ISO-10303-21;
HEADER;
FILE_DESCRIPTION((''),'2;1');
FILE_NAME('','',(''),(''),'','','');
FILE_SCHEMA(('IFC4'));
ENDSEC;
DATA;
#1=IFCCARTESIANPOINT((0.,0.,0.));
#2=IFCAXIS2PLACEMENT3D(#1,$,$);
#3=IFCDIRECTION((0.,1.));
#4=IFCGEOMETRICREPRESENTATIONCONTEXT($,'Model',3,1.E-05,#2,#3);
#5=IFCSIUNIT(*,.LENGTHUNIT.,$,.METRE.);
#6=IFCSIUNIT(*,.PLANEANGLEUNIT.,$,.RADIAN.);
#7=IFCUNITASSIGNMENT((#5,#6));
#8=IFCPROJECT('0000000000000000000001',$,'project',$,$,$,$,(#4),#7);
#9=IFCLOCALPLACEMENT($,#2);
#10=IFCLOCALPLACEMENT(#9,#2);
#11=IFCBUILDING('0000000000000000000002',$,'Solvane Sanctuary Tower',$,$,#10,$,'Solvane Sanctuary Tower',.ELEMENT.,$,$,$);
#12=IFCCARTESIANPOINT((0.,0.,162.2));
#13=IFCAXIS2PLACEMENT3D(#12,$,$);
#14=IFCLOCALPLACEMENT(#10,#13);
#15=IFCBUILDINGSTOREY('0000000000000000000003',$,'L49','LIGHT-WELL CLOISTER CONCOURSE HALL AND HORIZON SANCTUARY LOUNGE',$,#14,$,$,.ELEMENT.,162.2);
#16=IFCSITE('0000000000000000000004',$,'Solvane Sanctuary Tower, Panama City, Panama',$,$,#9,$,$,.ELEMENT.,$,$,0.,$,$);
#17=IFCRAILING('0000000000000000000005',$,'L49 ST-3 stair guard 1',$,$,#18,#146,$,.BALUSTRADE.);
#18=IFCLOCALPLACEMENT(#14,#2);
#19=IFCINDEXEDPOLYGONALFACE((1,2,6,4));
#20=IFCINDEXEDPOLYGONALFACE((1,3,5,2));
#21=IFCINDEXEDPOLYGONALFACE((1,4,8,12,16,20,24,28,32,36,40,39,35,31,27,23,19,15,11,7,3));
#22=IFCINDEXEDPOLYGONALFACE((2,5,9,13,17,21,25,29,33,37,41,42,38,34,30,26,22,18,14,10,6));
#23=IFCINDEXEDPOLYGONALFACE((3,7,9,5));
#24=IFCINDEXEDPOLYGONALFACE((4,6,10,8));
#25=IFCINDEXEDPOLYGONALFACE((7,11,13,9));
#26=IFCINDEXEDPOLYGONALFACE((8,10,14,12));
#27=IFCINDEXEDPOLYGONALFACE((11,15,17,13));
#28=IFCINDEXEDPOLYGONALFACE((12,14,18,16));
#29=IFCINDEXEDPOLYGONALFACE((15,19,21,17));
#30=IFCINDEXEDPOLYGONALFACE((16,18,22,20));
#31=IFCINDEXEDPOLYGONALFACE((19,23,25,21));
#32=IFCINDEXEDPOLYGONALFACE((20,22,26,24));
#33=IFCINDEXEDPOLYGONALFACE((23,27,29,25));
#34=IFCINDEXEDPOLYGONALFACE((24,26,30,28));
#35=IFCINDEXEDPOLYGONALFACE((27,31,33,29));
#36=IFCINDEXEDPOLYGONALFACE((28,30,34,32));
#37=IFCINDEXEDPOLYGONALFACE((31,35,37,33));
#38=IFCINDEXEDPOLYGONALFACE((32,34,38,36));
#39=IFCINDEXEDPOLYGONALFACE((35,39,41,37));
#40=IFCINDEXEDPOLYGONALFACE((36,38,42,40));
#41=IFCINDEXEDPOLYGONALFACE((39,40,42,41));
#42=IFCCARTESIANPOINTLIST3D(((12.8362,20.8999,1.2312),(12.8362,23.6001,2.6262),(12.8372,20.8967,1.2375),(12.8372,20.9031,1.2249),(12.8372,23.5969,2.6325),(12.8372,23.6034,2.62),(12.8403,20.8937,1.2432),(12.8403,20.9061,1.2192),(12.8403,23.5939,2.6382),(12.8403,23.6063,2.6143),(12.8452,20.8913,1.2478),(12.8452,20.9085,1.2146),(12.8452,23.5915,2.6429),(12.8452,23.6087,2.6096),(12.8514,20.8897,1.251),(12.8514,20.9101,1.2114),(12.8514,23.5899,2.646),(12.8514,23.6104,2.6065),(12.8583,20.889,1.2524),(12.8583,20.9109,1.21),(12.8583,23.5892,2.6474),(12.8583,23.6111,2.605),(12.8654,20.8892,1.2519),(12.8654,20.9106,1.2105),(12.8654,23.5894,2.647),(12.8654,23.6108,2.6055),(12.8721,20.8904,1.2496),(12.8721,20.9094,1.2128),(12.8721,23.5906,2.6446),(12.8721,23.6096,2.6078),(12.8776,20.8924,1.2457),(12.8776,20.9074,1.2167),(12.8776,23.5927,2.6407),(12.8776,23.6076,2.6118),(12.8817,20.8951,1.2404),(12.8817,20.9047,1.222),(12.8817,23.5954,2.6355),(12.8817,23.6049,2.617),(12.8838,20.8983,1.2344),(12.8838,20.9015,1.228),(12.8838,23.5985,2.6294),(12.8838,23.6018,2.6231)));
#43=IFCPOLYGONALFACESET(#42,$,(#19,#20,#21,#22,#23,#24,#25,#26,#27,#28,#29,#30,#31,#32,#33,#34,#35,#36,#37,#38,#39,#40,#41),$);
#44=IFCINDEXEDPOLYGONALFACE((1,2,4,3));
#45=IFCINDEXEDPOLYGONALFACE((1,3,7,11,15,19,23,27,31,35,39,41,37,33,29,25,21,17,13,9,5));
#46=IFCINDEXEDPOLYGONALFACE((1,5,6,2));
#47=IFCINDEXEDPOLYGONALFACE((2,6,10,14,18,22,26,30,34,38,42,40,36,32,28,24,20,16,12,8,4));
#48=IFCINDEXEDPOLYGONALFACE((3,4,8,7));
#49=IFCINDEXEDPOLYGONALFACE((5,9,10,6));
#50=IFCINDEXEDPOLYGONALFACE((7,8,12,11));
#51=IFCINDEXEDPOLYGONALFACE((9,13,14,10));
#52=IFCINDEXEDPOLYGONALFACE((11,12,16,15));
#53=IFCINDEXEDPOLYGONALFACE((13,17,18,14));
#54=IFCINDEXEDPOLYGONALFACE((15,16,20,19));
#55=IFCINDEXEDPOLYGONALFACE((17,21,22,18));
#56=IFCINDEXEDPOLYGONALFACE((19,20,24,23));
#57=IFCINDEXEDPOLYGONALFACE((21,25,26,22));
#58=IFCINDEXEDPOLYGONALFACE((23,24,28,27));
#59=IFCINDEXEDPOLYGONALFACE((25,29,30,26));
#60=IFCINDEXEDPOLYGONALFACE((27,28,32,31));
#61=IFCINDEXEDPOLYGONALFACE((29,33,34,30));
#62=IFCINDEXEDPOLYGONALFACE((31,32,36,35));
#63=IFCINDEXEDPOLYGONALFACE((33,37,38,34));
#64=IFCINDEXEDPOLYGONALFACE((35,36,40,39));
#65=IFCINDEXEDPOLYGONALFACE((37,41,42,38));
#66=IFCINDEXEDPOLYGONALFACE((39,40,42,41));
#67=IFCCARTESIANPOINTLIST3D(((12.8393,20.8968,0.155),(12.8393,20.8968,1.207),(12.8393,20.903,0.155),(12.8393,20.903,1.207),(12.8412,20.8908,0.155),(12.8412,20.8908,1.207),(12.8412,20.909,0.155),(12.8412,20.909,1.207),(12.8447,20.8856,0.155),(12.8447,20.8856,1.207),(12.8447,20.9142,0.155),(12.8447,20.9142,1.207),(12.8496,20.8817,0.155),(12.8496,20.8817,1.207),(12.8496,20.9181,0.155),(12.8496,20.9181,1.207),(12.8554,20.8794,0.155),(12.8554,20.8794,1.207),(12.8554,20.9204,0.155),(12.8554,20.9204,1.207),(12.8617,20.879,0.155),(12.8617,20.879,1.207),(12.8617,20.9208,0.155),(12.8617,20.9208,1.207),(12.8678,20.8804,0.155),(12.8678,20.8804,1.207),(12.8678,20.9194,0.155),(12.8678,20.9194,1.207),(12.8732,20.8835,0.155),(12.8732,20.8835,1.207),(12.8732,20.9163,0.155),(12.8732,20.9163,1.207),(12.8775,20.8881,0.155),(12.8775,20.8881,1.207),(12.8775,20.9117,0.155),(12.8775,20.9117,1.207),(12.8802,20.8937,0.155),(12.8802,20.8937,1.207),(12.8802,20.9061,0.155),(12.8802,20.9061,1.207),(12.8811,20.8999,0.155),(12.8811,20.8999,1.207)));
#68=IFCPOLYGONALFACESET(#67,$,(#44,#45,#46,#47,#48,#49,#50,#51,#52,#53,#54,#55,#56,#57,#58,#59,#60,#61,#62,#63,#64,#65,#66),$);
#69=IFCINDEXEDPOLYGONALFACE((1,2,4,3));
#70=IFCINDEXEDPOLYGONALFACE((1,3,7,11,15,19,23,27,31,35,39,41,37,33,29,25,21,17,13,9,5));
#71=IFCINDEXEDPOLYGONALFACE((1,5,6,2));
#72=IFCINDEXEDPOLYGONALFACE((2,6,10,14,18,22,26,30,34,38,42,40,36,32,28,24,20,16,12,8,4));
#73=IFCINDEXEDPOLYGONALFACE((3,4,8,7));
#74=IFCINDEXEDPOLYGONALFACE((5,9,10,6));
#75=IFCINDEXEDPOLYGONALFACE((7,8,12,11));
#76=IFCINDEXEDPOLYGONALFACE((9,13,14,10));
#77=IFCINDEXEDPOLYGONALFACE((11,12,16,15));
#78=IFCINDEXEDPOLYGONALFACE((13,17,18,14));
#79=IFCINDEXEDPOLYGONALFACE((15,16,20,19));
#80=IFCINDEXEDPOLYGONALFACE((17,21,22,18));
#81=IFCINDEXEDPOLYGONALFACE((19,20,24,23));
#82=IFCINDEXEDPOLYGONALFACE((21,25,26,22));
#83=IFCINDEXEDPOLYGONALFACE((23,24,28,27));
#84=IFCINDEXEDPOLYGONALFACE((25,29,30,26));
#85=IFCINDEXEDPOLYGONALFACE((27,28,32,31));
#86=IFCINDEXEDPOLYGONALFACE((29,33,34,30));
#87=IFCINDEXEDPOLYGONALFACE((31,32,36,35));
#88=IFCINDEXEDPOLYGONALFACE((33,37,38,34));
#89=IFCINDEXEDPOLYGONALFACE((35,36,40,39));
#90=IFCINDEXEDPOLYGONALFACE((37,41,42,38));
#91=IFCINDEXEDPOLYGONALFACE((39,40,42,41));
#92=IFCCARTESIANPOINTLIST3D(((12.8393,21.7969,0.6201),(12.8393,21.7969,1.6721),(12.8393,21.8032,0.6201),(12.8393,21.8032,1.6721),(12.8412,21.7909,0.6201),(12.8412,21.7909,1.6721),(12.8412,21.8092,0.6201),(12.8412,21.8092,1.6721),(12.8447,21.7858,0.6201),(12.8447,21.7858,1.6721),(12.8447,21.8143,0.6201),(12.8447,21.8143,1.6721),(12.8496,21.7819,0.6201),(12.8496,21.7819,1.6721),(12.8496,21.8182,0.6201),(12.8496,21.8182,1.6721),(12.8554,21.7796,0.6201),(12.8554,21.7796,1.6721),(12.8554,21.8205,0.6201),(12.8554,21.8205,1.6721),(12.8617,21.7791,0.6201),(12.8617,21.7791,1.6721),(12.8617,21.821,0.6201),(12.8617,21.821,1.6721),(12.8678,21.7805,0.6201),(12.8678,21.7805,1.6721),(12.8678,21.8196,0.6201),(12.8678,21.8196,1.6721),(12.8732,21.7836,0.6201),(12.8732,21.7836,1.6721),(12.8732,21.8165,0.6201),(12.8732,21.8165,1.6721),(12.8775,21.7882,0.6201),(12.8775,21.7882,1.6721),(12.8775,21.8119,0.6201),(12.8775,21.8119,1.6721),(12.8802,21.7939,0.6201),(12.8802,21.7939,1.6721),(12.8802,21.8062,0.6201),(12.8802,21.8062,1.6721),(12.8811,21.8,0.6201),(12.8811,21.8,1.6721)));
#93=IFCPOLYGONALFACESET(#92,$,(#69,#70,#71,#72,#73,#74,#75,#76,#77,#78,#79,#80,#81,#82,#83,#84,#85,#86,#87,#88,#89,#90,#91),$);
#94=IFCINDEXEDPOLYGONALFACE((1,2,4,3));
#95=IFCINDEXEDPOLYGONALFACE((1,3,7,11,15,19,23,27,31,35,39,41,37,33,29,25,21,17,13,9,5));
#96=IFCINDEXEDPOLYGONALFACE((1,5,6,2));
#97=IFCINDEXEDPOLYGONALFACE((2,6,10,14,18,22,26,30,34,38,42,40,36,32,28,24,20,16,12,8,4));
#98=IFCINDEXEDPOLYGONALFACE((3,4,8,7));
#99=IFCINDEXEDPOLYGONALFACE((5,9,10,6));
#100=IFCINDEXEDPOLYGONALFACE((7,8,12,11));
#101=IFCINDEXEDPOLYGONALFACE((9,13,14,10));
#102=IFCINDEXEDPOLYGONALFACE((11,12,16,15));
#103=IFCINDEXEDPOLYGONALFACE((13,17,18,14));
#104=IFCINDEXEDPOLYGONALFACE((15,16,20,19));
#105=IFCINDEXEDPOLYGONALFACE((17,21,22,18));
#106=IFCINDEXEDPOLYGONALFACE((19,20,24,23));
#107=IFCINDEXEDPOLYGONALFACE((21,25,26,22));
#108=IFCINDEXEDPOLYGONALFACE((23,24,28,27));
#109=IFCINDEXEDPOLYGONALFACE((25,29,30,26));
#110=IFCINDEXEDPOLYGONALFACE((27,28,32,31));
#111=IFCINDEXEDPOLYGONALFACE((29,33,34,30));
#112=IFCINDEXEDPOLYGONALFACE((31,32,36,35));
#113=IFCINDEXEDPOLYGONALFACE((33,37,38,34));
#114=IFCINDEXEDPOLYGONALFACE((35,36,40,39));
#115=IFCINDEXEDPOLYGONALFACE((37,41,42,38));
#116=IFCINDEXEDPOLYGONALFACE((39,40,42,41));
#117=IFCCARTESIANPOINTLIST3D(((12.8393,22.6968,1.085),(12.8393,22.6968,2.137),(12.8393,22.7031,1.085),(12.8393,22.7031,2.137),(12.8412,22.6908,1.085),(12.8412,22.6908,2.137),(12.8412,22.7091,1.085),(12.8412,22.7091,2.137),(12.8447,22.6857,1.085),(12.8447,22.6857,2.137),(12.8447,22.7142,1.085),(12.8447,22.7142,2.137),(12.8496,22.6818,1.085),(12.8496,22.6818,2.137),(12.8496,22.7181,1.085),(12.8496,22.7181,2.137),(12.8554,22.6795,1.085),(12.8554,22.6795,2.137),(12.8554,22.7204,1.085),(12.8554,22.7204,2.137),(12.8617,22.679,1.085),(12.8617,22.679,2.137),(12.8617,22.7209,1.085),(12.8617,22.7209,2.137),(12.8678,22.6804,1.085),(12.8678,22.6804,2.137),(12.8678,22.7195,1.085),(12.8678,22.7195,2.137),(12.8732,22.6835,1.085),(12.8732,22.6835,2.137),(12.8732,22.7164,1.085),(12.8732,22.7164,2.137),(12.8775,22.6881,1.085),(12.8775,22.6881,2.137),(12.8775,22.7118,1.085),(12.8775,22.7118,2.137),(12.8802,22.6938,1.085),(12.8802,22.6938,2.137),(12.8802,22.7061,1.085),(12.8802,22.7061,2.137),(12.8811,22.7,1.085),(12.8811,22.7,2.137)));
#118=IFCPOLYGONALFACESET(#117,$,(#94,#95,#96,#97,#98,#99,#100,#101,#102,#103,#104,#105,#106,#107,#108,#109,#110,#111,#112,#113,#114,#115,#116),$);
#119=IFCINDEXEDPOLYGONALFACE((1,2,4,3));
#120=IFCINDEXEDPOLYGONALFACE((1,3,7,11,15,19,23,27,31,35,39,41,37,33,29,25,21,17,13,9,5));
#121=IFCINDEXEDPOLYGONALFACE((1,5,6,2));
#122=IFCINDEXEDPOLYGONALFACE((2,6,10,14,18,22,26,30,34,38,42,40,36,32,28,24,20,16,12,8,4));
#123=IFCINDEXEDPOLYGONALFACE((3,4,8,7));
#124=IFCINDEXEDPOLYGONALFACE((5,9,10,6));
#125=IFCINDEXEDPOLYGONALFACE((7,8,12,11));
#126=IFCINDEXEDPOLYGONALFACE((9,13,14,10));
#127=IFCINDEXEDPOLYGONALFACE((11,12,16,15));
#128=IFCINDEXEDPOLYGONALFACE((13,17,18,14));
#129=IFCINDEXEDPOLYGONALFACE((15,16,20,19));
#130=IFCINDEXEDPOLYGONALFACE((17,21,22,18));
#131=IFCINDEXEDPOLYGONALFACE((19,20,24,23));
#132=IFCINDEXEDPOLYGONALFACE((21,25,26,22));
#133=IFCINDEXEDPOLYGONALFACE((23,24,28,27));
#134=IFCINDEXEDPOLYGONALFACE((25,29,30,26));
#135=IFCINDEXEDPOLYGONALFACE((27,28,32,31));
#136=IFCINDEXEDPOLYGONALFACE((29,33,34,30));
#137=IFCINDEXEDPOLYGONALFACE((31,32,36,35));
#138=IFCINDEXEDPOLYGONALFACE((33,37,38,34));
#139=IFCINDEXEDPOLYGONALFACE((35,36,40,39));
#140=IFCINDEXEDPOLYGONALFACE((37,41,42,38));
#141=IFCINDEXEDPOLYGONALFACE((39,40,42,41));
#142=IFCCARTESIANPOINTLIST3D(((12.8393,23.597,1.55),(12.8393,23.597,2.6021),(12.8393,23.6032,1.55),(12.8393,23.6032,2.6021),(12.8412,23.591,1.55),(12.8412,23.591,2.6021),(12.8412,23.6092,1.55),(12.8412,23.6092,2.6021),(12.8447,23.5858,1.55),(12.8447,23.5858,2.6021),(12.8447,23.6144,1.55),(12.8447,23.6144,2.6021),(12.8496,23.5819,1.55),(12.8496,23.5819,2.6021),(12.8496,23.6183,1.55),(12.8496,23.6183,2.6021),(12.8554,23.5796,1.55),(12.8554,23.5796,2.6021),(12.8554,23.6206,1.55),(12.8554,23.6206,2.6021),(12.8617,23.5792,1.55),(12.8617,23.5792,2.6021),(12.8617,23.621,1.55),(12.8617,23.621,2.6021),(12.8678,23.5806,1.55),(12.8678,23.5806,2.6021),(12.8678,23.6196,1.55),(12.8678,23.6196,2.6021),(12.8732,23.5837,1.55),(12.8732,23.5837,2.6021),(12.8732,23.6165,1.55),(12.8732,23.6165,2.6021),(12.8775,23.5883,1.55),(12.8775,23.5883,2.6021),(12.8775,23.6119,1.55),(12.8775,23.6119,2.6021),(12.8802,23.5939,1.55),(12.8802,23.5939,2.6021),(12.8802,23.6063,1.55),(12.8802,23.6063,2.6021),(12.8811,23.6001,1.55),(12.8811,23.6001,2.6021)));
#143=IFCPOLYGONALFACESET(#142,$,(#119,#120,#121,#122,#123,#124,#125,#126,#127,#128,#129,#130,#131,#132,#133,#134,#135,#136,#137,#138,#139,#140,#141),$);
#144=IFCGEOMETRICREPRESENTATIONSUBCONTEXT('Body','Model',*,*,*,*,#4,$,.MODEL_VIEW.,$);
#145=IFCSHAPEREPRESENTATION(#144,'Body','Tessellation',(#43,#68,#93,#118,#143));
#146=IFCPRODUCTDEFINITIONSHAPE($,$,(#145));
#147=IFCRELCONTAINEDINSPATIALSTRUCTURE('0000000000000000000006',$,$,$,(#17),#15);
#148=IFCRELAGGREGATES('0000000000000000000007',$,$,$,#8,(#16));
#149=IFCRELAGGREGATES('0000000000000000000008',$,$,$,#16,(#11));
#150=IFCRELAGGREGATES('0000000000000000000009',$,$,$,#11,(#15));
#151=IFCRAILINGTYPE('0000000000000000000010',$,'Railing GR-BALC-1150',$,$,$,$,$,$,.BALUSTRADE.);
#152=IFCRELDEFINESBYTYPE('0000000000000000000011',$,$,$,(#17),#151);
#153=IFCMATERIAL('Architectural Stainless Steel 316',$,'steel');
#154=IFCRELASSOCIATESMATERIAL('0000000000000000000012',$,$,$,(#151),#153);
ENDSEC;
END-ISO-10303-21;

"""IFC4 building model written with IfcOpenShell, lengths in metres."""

from ifc_helpers import new_model, si_unit, direction, frame, origin, origin_2d, place, context, subcontext, project, spatial, circle, extrude, material, type_object, element, save


model = new_model("IFC4")

# Units and contexts
model_context = context("Model", 3, precision=1e-05, world=origin(), true_north=direction((0.0, 1.0)))
body_context = subcontext(model_context, "Body", "Model", "MODEL_VIEW")
ifc_project = project(units=[si_unit("LENGTHUNIT", "METRE"), si_unit("PLANEANGLEUNIT", "RADIAN")], contexts=[model_context])

# Site, building, storey
site_placement = place(None, origin())
site = spatial("IfcSite", under=ifc_project, at=site_placement, Name="Solvane Sanctuary Tower, Panama City, Panama", CompositionType="ELEMENT", RefElevation=0.0)
building_placement = place(site_placement, origin())
building = spatial("IfcBuilding", under=site, at=building_placement, Name="Solvane Sanctuary Tower", LongName="Solvane Sanctuary Tower", CompositionType="ELEMENT")
storey_placement = place(building_placement, frame((0.0, 0.0, 162.2)))
storey = spatial("IfcBuildingStorey", under=building, at=storey_placement, Name="L49", Description="LIGHT-WELL CLOISTER CONCOURSE HALL AND HORIZON SANCTUARY LOUNGE", CompositionType="ELEMENT", Elevation=162.2)

# Shared definitions
ifc_material_1 = material(Name="Architectural Stainless Steel 316", Category="steel")

# Railing
railing_type_1 = type_object("IfcRailingType", Name="Railing GR-BALC-1150", PredefinedType="BALUSTRADE", material=ifc_material_1)
railing_1_placement = place(storey_placement, frame((12.8601, 20.8999, 0.155)))
element("IfcRailing", 1, at=railing_1_placement, inside=storey, type_object=railing_type_1, Name="L49 ST-3 stair guard 1", PredefinedType="BALUSTRADE", context=body_context, shape_type="SweptSolid", body=[
    extrude(circle(Radius=0.0239, at=origin_2d()), frame((0.0, 0.0, 1.0762), z_axis=(0.0, 0.888437, 0.458999), x_axis=(-1.0, 0.0, 0.0)), (0.0, 0.0, 1.0), 3.0393),
    extrude(circle(Radius=0.021, at=origin_2d()), origin(), (0.0, 0.0, 1.0), 1.052),
    extrude(circle(Radius=0.021, at=origin_2d()), frame((0.0, 0.9001, 0.4651)), (0.0, 0.0, 1.0), 1.052),
    extrude(circle(Radius=0.021, at=origin_2d()), frame((0.0, 1.8, 0.9299)), (0.0, 0.0, 1.0), 1.052),
    extrude(circle(Radius=0.021, at=origin_2d()), frame((0.0, 2.7002, 1.395)), (0.0, 0.0, 1.0), 1.052),
])

save(model, "model.ifc")
